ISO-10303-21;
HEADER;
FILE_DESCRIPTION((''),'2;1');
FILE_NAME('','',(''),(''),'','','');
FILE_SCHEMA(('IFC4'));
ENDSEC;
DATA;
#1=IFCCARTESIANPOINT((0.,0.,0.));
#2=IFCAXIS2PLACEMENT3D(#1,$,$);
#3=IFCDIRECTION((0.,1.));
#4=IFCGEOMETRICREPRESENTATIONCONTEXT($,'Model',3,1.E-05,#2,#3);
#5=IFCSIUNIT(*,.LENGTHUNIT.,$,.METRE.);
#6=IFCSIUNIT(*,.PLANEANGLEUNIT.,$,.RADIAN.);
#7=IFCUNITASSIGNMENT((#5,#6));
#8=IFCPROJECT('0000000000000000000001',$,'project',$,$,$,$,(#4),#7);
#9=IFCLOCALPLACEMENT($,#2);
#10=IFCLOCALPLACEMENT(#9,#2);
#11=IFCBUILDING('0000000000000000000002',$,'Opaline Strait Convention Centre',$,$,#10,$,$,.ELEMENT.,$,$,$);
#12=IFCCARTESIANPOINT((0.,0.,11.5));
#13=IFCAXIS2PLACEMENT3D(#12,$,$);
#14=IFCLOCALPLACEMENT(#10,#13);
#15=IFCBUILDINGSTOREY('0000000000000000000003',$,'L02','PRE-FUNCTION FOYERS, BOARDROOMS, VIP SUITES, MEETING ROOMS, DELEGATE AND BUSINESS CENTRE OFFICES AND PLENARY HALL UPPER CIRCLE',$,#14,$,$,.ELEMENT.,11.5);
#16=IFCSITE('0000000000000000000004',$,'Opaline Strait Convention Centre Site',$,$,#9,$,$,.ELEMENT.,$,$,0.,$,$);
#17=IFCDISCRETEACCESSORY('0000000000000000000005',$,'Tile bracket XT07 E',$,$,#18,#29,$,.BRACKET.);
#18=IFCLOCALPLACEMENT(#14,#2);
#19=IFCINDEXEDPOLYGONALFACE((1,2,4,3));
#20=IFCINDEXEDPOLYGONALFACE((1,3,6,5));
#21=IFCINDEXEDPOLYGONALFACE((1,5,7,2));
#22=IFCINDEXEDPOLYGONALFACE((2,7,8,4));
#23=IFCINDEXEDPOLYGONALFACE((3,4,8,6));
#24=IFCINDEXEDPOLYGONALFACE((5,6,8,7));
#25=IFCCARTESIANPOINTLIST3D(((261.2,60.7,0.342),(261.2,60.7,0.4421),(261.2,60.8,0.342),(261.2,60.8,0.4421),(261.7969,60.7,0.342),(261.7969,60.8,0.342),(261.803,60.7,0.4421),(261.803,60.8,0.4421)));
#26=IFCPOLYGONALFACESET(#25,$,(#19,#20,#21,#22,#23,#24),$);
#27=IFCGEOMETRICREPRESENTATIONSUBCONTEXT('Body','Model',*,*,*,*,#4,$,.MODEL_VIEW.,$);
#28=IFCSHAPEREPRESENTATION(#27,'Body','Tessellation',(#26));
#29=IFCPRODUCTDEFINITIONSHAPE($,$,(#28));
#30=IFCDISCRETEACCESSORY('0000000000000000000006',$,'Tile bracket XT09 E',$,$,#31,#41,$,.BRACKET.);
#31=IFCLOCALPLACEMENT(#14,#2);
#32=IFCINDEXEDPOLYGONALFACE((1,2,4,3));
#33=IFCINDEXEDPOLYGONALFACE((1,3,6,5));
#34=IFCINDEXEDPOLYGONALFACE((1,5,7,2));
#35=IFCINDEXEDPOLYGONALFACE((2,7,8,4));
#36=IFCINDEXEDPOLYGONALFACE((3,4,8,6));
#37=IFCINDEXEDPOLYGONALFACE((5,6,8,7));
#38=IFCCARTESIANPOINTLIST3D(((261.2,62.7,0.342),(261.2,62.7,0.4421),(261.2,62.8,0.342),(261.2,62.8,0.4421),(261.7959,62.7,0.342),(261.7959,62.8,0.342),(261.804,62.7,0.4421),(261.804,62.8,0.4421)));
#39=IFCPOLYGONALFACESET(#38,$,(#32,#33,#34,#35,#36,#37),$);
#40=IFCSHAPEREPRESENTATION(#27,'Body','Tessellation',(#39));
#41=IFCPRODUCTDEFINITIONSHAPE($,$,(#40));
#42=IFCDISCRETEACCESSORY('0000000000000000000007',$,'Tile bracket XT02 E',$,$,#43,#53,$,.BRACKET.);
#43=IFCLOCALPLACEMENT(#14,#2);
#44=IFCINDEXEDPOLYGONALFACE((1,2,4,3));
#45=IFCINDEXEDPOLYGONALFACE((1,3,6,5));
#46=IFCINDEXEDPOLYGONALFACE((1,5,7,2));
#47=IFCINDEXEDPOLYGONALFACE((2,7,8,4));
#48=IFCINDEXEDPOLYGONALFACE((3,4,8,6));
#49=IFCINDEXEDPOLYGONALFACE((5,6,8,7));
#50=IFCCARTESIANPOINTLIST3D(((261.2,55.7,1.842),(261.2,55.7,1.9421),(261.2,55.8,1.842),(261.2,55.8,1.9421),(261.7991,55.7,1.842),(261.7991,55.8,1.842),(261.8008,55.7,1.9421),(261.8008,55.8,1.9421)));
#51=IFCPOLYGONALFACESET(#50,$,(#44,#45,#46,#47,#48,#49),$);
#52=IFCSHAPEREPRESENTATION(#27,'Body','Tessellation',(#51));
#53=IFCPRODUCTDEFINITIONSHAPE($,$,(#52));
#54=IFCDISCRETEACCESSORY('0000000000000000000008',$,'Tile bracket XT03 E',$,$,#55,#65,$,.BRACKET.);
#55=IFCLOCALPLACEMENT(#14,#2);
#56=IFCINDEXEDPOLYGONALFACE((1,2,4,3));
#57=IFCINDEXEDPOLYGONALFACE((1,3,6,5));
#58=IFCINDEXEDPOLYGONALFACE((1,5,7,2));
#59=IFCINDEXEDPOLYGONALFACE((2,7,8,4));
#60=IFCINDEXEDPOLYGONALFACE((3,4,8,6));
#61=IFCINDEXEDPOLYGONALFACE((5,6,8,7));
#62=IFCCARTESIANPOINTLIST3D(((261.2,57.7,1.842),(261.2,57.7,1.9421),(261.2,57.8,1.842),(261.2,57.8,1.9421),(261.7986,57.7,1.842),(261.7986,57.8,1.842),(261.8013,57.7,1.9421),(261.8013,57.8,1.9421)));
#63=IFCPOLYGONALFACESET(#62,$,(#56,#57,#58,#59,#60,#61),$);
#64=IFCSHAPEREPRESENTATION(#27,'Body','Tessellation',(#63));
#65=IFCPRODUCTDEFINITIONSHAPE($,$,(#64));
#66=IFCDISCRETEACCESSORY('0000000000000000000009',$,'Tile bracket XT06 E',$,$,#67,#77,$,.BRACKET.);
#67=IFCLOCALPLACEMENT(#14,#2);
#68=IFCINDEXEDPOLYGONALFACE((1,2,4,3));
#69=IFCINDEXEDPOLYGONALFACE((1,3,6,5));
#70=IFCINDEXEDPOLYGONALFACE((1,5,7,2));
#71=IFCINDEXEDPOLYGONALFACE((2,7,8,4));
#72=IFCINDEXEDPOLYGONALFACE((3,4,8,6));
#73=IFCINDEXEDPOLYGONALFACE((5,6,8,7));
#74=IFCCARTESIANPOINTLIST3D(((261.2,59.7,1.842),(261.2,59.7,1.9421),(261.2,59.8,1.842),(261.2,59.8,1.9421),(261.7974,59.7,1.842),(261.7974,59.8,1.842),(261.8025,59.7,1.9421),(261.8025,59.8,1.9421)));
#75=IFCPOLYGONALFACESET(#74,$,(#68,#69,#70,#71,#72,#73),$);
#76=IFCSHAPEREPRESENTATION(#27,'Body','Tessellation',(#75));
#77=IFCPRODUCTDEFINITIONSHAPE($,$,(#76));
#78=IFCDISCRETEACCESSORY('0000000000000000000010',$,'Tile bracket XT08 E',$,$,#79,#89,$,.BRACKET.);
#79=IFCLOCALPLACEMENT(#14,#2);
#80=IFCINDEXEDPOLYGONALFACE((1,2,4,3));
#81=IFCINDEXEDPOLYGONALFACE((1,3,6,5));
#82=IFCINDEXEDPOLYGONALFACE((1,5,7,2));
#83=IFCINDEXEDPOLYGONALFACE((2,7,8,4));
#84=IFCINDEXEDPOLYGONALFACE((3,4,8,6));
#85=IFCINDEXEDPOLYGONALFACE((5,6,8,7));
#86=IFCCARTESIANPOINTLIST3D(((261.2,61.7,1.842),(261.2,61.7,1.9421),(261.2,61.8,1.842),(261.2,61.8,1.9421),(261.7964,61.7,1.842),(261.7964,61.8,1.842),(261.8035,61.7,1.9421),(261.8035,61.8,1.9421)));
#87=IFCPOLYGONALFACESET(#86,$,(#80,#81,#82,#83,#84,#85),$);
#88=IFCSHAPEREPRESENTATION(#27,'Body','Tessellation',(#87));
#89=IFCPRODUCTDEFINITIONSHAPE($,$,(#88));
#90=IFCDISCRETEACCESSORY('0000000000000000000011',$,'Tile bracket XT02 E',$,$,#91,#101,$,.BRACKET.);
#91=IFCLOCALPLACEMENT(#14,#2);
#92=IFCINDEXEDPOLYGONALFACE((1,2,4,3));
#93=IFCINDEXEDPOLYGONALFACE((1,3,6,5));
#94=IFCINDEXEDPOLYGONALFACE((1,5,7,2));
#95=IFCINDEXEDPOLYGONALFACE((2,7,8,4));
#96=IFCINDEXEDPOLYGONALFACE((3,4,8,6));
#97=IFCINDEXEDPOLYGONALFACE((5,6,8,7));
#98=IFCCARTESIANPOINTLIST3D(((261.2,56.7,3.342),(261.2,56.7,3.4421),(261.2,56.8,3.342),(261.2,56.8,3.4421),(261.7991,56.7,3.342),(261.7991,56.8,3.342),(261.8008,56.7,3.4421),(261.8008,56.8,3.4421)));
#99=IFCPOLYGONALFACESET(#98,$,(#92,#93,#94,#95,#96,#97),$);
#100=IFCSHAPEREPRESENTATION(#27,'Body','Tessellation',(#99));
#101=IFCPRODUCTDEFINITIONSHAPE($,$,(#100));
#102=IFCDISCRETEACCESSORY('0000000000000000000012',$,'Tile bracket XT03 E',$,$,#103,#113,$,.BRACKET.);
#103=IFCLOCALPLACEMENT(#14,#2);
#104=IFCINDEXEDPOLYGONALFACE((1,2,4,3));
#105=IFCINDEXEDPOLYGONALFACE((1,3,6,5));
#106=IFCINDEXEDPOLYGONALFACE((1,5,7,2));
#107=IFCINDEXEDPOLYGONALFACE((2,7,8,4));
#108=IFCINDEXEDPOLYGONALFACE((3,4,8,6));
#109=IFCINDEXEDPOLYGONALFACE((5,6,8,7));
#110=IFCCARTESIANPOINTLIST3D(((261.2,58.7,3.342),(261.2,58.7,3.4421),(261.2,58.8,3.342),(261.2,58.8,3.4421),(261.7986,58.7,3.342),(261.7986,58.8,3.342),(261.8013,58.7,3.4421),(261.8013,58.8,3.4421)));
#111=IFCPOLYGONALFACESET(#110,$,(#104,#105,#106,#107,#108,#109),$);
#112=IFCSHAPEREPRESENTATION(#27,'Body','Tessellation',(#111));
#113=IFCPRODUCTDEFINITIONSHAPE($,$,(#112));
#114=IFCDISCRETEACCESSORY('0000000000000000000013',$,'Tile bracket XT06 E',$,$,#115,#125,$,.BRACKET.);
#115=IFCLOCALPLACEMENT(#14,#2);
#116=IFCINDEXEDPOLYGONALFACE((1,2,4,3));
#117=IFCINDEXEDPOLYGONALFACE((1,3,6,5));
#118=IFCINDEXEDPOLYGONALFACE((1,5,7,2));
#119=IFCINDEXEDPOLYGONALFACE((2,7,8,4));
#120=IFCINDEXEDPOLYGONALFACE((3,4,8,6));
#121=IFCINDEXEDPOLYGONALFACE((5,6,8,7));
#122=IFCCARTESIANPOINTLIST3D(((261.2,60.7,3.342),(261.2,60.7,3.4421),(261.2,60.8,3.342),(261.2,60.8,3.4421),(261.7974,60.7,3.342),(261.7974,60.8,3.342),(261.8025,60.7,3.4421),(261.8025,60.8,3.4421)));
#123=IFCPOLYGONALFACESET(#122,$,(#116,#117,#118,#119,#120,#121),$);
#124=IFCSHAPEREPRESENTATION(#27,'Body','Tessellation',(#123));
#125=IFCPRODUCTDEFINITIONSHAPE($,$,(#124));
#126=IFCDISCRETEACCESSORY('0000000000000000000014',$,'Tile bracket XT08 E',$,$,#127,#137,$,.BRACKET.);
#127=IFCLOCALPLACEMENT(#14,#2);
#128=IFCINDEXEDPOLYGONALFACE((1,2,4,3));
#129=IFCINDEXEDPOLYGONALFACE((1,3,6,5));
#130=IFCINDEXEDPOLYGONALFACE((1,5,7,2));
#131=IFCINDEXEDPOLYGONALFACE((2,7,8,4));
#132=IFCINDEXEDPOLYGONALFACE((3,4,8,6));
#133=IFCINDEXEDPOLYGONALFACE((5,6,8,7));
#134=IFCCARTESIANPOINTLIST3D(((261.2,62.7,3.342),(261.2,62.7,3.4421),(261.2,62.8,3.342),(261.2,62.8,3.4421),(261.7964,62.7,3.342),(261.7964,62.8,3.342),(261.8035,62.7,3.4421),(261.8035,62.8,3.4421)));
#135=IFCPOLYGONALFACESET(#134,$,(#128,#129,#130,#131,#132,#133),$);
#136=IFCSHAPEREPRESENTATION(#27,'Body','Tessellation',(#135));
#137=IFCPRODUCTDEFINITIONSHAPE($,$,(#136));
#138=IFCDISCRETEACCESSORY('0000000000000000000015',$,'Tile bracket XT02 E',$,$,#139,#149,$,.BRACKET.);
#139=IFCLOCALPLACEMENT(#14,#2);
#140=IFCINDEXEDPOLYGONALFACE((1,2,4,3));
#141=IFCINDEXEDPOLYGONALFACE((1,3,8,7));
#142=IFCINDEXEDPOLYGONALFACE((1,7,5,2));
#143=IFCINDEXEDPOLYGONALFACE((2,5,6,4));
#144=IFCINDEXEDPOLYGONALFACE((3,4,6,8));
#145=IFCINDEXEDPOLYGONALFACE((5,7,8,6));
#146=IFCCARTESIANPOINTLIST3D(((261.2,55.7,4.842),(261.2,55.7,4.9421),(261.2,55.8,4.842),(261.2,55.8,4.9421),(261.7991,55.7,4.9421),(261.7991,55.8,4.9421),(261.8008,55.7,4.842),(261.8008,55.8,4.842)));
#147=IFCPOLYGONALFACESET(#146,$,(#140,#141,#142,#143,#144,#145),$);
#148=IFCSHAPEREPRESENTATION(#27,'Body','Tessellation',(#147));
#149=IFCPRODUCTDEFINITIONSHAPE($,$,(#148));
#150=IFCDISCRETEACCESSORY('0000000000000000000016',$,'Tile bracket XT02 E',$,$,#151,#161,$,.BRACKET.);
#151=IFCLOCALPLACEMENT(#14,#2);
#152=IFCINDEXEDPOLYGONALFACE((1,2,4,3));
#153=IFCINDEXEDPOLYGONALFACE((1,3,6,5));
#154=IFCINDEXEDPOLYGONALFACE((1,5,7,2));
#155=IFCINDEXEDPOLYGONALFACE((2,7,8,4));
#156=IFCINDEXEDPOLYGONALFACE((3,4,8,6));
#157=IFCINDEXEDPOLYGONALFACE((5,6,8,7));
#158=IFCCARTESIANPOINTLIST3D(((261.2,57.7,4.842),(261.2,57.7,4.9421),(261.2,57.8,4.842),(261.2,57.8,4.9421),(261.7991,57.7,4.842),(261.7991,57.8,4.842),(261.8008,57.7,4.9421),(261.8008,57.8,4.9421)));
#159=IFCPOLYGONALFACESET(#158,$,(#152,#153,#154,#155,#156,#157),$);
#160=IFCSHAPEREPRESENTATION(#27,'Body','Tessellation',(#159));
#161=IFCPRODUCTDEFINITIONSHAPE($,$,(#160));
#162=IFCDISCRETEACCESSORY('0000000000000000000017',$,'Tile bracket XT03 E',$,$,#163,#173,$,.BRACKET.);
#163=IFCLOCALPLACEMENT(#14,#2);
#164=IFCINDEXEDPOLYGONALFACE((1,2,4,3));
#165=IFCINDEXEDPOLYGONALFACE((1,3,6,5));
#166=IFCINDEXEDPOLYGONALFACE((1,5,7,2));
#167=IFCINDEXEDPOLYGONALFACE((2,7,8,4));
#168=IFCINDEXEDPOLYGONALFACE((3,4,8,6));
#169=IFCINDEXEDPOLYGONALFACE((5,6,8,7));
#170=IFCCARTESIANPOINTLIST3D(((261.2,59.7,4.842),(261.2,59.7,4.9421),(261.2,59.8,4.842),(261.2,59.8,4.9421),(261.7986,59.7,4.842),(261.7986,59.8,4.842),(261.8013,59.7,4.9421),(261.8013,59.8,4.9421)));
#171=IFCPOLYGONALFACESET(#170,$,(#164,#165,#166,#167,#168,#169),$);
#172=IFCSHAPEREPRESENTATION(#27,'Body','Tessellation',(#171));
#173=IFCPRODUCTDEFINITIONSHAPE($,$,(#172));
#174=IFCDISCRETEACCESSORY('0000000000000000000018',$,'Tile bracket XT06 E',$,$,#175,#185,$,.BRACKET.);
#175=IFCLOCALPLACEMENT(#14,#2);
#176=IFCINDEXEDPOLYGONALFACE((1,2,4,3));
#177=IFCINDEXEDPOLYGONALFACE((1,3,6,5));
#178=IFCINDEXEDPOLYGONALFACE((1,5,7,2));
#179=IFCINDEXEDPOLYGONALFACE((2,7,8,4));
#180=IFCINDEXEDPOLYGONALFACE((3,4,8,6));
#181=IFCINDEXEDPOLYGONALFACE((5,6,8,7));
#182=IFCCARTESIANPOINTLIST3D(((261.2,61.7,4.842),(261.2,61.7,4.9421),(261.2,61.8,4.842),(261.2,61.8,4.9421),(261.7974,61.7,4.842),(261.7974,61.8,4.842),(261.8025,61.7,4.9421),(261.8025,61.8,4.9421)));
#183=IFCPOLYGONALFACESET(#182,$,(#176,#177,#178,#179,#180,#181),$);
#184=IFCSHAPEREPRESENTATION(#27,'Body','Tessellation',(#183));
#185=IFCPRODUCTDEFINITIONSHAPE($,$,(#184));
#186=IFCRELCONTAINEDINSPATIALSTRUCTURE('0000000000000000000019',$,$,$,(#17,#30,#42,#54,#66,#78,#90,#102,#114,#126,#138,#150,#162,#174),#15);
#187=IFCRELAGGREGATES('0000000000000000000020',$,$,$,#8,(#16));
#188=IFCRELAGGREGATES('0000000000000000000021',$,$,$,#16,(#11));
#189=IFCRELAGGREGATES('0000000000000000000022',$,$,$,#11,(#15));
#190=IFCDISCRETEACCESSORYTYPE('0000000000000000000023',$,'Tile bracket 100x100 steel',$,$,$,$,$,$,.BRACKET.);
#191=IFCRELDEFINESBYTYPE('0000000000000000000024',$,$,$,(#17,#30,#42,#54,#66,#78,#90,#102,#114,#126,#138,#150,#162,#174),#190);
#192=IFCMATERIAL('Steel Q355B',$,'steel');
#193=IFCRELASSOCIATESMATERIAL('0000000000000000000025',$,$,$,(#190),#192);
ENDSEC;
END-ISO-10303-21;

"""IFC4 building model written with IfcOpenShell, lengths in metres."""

from ifc_helpers import new_model, si_unit, direction, frame, origin, place, context, subcontext, project, spatial, polyline, outline, extrude, material, type_object, element, save


model = new_model("IFC4")

# Units and contexts
model_context = context("Model", 3, precision=1e-05, world=origin(), true_north=direction((0.0, 1.0)))
body_context = subcontext(model_context, "Body", "Model", "MODEL_VIEW")
ifc_project = project(units=[si_unit("LENGTHUNIT", "METRE"), si_unit("PLANEANGLEUNIT", "RADIAN")], contexts=[model_context])

# Site, building, storey
site_placement = place(None, origin())
site = spatial("IfcSite", under=ifc_project, at=site_placement, Name="Opaline Strait Convention Centre Site", CompositionType="ELEMENT", RefElevation=0.0)
building_placement = place(site_placement, origin())
building = spatial("IfcBuilding", under=site, at=building_placement, Name="Opaline Strait Convention Centre", CompositionType="ELEMENT")
storey_placement = place(building_placement, frame((0.0, 0.0, 11.5)))
storey = spatial("IfcBuildingStorey", under=building, at=storey_placement, Name="L02", Description="PRE-FUNCTION FOYERS, BOARDROOMS, VIP SUITES, MEETING ROOMS, DELEGATE AND BUSINESS CENTRE OFFICES AND PLENARY HALL UPPER CIRCLE", CompositionType="ELEMENT", Elevation=11.5)

# Shared definitions
ifc_material_1 = material(Name="Steel Q355B", Category="steel")

# Discrete accessories
discrete_accessory_type = type_object("IfcDiscreteAccessoryType", Name="Tile bracket 100x100 steel", PredefinedType="BRACKET", material=ifc_material_1)
discrete_accessory_1_placement = place(storey_placement, frame((261.2, 60.7, 0.3921), z_axis=(0.0, 1.0, 0.0), x_axis=(-1.0, 0.0, 0.0)))
element("IfcDiscreteAccessory", 1, at=discrete_accessory_1_placement, inside=storey, type_object=discrete_accessory_type, Name="Tile bracket XT07 E", PredefinedType="BRACKET", context=body_context, shape_type="SweptSolid", body=[
    extrude(outline(polyline([(0.0, -0.05), (0.0, 0.05), (-0.603, 0.05), (-0.5969, -0.05), (0.0, -0.05)])), origin(), (0.0, 0.0, 1.0), 0.1001),
])
discrete_accessory_2_placement = place(storey_placement, frame((261.2, 62.7, 0.3921), z_axis=(0.0, 1.0, 0.0), x_axis=(-1.0, 0.0, 0.0)))
element("IfcDiscreteAccessory", 2, at=discrete_accessory_2_placement, inside=storey, type_object=discrete_accessory_type, Name="Tile bracket XT09 E", PredefinedType="BRACKET", context=body_context, shape_type="SweptSolid", body=[
    extrude(outline(polyline([(0.0, -0.05), (0.0, 0.05), (-0.604, 0.05), (-0.5959, -0.05), (0.0, -0.05)])), origin(), (0.0, 0.0, 1.0), 0.1001),
])
discrete_accessory_3_placement = place(storey_placement, frame((261.2, 55.7, 1.8921), z_axis=(0.0, 1.0, 0.0), x_axis=(-1.0, 0.0, 0.0)))
element("IfcDiscreteAccessory", 3, at=discrete_accessory_3_placement, inside=storey, type_object=discrete_accessory_type, Name="Tile bracket XT02 E", PredefinedType="BRACKET", context=body_context, shape_type="SweptSolid", body=[
    extrude(outline(polyline([(0.0, -0.05), (0.0, 0.05), (-0.6008, 0.05), (-0.5991, -0.05), (0.0, -0.05)])), origin(), (0.0, 0.0, 1.0), 0.1001),
])
discrete_accessory_4_placement = place(storey_placement, frame((261.2, 57.7, 1.8921), z_axis=(0.0, 1.0, 0.0), x_axis=(-1.0, 0.0, 0.0)))
element("IfcDiscreteAccessory", 4, at=discrete_accessory_4_placement, inside=storey, type_object=discrete_accessory_type, Name="Tile bracket XT03 E", PredefinedType="BRACKET", context=body_context, shape_type="SweptSolid", body=[
    extrude(outline(polyline([(0.0, -0.05), (0.0, 0.05), (-0.6013, 0.05), (-0.5986, -0.05), (0.0, -0.05)])), origin(), (0.0, 0.0, 1.0), 0.1001),
])
discrete_accessory_5_placement = place(storey_placement, frame((261.2, 59.7, 1.8921), z_axis=(0.0, 1.0, 0.0), x_axis=(-1.0, 0.0, 0.0)))
element("IfcDiscreteAccessory", 5, at=discrete_accessory_5_placement, inside=storey, type_object=discrete_accessory_type, Name="Tile bracket XT06 E", PredefinedType="BRACKET", context=body_context, shape_type="SweptSolid", body=[
    extrude(outline(polyline([(0.0, -0.05), (0.0, 0.05), (-0.6025, 0.05), (-0.5974, -0.05), (0.0, -0.05)])), origin(), (0.0, 0.0, 1.0), 0.1001),
])
discrete_accessory_6_placement = place(storey_placement, frame((261.2, 61.7, 1.8921), z_axis=(0.0, 1.0, 0.0), x_axis=(-1.0, 0.0, 0.0)))
element("IfcDiscreteAccessory", 6, at=discrete_accessory_6_placement, inside=storey, type_object=discrete_accessory_type, Name="Tile bracket XT08 E", PredefinedType="BRACKET", context=body_context, shape_type="SweptSolid", body=[
    extrude(outline(polyline([(0.0, -0.05), (0.0, 0.05), (-0.6035, 0.05), (-0.5964, -0.05), (0.0, -0.05)])), origin(), (0.0, 0.0, 1.0), 0.1001),
])
discrete_accessory_7_placement = place(storey_placement, frame((261.2, 56.7, 3.3921), z_axis=(0.0, 1.0, 0.0), x_axis=(-1.0, 0.0, 0.0)))
element("IfcDiscreteAccessory", 7, at=discrete_accessory_7_placement, inside=storey, type_object=discrete_accessory_type, Name="Tile bracket XT02 E", PredefinedType="BRACKET", context=body_context, shape_type="SweptSolid", body=[
    extrude(outline(polyline([(0.0, -0.05), (0.0, 0.05), (-0.6008, 0.05), (-0.5991, -0.05), (0.0, -0.05)])), origin(), (0.0, 0.0, 1.0), 0.1001),
])
discrete_accessory_8_placement = place(storey_placement, frame((261.2, 58.7, 3.3921), z_axis=(0.0, 1.0, 0.0), x_axis=(-1.0, 0.0, 0.0)))
element("IfcDiscreteAccessory", 8, at=discrete_accessory_8_placement, inside=storey, type_object=discrete_accessory_type, Name="Tile bracket XT03 E", PredefinedType="BRACKET", context=body_context, shape_type="SweptSolid", body=[
    extrude(outline(polyline([(0.0, -0.05), (0.0, 0.05), (-0.6013, 0.05), (-0.5986, -0.05), (0.0, -0.05)])), origin(), (0.0, 0.0, 1.0), 0.1001),
])
discrete_accessory_9_placement = place(storey_placement, frame((261.2, 60.7, 3.3921), z_axis=(0.0, 1.0, 0.0), x_axis=(-1.0, 0.0, 0.0)))
element("IfcDiscreteAccessory", 9, at=discrete_accessory_9_placement, inside=storey, type_object=discrete_accessory_type, Name="Tile bracket XT06 E", PredefinedType="BRACKET", context=body_context, shape_type="SweptSolid", body=[
    extrude(outline(polyline([(0.0, -0.05), (0.0, 0.05), (-0.6025, 0.05), (-0.5974, -0.05), (0.0, -0.05)])), origin(), (0.0, 0.0, 1.0), 0.1001),
])
discrete_accessory_10_placement = place(storey_placement, frame((261.2, 62.7, 3.3921), z_axis=(0.0, 1.0, 0.0), x_axis=(-1.0, 0.0, 0.0)))
element("IfcDiscreteAccessory", 10, at=discrete_accessory_10_placement, inside=storey, type_object=discrete_accessory_type, Name="Tile bracket XT08 E", PredefinedType="BRACKET", context=body_context, shape_type="SweptSolid", body=[
    extrude(outline(polyline([(0.0, -0.05), (0.0, 0.05), (-0.6035, 0.05), (-0.5964, -0.05), (0.0, -0.05)])), origin(), (0.0, 0.0, 1.0), 0.1001),
])
discrete_accessory_11_placement = place(storey_placement, frame((261.2, 55.7, 4.8921), z_axis=(0.0, 1.0, 0.0), x_axis=(-1.0, 0.0, 0.0)))
element("IfcDiscreteAccessory", 11, at=discrete_accessory_11_placement, inside=storey, type_object=discrete_accessory_type, Name="Tile bracket XT02 E", PredefinedType="BRACKET", context=body_context, shape_type="SweptSolid", body=[
    extrude(outline(polyline([(0.0, -0.05), (0.0, 0.05), (-0.5991, 0.05), (-0.6008, -0.05), (0.0, -0.05)])), origin(), (0.0, 0.0, 1.0), 0.1001),
])
discrete_accessory_12_placement = place(storey_placement, frame((261.2, 57.7, 4.8921), z_axis=(0.0, 1.0, 0.0), x_axis=(-1.0, 0.0, 0.0)))
element("IfcDiscreteAccessory", 12, at=discrete_accessory_12_placement, inside=storey, type_object=discrete_accessory_type, Name="Tile bracket XT02 E", PredefinedType="BRACKET", context=body_context, shape_type="SweptSolid", body=[
    extrude(outline(polyline([(0.0, -0.05), (0.0, 0.05), (-0.6008, 0.05), (-0.5991, -0.05), (0.0, -0.05)])), origin(), (0.0, 0.0, 1.0), 0.1001),
])
discrete_accessory_13_placement = place(storey_placement, frame((261.2, 59.7, 4.8921), z_axis=(0.0, 1.0, 0.0), x_axis=(-1.0, 0.0, 0.0)))
element("IfcDiscreteAccessory", 13, at=discrete_accessory_13_placement, inside=storey, type_object=discrete_accessory_type, Name="Tile bracket XT03 E", PredefinedType="BRACKET", context=body_context, shape_type="SweptSolid", body=[
    extrude(outline(polyline([(0.0, -0.05), (0.0, 0.05), (-0.6013, 0.05), (-0.5986, -0.05), (0.0, -0.05)])), origin(), (0.0, 0.0, 1.0), 0.1001),
])
discrete_accessory_14_placement = place(storey_placement, frame((261.2, 61.7, 4.8921), z_axis=(0.0, 1.0, 0.0), x_axis=(-1.0, 0.0, 0.0)))
element("IfcDiscreteAccessory", 14, at=discrete_accessory_14_placement, inside=storey, type_object=discrete_accessory_type, Name="Tile bracket XT06 E", PredefinedType="BRACKET", context=body_context, shape_type="SweptSolid", body=[
    extrude(outline(polyline([(0.0, -0.05), (0.0, 0.05), (-0.6025, 0.05), (-0.5974, -0.05), (0.0, -0.05)])), origin(), (0.0, 0.0, 1.0), 0.1001),
])

save(model, "model.ifc")
